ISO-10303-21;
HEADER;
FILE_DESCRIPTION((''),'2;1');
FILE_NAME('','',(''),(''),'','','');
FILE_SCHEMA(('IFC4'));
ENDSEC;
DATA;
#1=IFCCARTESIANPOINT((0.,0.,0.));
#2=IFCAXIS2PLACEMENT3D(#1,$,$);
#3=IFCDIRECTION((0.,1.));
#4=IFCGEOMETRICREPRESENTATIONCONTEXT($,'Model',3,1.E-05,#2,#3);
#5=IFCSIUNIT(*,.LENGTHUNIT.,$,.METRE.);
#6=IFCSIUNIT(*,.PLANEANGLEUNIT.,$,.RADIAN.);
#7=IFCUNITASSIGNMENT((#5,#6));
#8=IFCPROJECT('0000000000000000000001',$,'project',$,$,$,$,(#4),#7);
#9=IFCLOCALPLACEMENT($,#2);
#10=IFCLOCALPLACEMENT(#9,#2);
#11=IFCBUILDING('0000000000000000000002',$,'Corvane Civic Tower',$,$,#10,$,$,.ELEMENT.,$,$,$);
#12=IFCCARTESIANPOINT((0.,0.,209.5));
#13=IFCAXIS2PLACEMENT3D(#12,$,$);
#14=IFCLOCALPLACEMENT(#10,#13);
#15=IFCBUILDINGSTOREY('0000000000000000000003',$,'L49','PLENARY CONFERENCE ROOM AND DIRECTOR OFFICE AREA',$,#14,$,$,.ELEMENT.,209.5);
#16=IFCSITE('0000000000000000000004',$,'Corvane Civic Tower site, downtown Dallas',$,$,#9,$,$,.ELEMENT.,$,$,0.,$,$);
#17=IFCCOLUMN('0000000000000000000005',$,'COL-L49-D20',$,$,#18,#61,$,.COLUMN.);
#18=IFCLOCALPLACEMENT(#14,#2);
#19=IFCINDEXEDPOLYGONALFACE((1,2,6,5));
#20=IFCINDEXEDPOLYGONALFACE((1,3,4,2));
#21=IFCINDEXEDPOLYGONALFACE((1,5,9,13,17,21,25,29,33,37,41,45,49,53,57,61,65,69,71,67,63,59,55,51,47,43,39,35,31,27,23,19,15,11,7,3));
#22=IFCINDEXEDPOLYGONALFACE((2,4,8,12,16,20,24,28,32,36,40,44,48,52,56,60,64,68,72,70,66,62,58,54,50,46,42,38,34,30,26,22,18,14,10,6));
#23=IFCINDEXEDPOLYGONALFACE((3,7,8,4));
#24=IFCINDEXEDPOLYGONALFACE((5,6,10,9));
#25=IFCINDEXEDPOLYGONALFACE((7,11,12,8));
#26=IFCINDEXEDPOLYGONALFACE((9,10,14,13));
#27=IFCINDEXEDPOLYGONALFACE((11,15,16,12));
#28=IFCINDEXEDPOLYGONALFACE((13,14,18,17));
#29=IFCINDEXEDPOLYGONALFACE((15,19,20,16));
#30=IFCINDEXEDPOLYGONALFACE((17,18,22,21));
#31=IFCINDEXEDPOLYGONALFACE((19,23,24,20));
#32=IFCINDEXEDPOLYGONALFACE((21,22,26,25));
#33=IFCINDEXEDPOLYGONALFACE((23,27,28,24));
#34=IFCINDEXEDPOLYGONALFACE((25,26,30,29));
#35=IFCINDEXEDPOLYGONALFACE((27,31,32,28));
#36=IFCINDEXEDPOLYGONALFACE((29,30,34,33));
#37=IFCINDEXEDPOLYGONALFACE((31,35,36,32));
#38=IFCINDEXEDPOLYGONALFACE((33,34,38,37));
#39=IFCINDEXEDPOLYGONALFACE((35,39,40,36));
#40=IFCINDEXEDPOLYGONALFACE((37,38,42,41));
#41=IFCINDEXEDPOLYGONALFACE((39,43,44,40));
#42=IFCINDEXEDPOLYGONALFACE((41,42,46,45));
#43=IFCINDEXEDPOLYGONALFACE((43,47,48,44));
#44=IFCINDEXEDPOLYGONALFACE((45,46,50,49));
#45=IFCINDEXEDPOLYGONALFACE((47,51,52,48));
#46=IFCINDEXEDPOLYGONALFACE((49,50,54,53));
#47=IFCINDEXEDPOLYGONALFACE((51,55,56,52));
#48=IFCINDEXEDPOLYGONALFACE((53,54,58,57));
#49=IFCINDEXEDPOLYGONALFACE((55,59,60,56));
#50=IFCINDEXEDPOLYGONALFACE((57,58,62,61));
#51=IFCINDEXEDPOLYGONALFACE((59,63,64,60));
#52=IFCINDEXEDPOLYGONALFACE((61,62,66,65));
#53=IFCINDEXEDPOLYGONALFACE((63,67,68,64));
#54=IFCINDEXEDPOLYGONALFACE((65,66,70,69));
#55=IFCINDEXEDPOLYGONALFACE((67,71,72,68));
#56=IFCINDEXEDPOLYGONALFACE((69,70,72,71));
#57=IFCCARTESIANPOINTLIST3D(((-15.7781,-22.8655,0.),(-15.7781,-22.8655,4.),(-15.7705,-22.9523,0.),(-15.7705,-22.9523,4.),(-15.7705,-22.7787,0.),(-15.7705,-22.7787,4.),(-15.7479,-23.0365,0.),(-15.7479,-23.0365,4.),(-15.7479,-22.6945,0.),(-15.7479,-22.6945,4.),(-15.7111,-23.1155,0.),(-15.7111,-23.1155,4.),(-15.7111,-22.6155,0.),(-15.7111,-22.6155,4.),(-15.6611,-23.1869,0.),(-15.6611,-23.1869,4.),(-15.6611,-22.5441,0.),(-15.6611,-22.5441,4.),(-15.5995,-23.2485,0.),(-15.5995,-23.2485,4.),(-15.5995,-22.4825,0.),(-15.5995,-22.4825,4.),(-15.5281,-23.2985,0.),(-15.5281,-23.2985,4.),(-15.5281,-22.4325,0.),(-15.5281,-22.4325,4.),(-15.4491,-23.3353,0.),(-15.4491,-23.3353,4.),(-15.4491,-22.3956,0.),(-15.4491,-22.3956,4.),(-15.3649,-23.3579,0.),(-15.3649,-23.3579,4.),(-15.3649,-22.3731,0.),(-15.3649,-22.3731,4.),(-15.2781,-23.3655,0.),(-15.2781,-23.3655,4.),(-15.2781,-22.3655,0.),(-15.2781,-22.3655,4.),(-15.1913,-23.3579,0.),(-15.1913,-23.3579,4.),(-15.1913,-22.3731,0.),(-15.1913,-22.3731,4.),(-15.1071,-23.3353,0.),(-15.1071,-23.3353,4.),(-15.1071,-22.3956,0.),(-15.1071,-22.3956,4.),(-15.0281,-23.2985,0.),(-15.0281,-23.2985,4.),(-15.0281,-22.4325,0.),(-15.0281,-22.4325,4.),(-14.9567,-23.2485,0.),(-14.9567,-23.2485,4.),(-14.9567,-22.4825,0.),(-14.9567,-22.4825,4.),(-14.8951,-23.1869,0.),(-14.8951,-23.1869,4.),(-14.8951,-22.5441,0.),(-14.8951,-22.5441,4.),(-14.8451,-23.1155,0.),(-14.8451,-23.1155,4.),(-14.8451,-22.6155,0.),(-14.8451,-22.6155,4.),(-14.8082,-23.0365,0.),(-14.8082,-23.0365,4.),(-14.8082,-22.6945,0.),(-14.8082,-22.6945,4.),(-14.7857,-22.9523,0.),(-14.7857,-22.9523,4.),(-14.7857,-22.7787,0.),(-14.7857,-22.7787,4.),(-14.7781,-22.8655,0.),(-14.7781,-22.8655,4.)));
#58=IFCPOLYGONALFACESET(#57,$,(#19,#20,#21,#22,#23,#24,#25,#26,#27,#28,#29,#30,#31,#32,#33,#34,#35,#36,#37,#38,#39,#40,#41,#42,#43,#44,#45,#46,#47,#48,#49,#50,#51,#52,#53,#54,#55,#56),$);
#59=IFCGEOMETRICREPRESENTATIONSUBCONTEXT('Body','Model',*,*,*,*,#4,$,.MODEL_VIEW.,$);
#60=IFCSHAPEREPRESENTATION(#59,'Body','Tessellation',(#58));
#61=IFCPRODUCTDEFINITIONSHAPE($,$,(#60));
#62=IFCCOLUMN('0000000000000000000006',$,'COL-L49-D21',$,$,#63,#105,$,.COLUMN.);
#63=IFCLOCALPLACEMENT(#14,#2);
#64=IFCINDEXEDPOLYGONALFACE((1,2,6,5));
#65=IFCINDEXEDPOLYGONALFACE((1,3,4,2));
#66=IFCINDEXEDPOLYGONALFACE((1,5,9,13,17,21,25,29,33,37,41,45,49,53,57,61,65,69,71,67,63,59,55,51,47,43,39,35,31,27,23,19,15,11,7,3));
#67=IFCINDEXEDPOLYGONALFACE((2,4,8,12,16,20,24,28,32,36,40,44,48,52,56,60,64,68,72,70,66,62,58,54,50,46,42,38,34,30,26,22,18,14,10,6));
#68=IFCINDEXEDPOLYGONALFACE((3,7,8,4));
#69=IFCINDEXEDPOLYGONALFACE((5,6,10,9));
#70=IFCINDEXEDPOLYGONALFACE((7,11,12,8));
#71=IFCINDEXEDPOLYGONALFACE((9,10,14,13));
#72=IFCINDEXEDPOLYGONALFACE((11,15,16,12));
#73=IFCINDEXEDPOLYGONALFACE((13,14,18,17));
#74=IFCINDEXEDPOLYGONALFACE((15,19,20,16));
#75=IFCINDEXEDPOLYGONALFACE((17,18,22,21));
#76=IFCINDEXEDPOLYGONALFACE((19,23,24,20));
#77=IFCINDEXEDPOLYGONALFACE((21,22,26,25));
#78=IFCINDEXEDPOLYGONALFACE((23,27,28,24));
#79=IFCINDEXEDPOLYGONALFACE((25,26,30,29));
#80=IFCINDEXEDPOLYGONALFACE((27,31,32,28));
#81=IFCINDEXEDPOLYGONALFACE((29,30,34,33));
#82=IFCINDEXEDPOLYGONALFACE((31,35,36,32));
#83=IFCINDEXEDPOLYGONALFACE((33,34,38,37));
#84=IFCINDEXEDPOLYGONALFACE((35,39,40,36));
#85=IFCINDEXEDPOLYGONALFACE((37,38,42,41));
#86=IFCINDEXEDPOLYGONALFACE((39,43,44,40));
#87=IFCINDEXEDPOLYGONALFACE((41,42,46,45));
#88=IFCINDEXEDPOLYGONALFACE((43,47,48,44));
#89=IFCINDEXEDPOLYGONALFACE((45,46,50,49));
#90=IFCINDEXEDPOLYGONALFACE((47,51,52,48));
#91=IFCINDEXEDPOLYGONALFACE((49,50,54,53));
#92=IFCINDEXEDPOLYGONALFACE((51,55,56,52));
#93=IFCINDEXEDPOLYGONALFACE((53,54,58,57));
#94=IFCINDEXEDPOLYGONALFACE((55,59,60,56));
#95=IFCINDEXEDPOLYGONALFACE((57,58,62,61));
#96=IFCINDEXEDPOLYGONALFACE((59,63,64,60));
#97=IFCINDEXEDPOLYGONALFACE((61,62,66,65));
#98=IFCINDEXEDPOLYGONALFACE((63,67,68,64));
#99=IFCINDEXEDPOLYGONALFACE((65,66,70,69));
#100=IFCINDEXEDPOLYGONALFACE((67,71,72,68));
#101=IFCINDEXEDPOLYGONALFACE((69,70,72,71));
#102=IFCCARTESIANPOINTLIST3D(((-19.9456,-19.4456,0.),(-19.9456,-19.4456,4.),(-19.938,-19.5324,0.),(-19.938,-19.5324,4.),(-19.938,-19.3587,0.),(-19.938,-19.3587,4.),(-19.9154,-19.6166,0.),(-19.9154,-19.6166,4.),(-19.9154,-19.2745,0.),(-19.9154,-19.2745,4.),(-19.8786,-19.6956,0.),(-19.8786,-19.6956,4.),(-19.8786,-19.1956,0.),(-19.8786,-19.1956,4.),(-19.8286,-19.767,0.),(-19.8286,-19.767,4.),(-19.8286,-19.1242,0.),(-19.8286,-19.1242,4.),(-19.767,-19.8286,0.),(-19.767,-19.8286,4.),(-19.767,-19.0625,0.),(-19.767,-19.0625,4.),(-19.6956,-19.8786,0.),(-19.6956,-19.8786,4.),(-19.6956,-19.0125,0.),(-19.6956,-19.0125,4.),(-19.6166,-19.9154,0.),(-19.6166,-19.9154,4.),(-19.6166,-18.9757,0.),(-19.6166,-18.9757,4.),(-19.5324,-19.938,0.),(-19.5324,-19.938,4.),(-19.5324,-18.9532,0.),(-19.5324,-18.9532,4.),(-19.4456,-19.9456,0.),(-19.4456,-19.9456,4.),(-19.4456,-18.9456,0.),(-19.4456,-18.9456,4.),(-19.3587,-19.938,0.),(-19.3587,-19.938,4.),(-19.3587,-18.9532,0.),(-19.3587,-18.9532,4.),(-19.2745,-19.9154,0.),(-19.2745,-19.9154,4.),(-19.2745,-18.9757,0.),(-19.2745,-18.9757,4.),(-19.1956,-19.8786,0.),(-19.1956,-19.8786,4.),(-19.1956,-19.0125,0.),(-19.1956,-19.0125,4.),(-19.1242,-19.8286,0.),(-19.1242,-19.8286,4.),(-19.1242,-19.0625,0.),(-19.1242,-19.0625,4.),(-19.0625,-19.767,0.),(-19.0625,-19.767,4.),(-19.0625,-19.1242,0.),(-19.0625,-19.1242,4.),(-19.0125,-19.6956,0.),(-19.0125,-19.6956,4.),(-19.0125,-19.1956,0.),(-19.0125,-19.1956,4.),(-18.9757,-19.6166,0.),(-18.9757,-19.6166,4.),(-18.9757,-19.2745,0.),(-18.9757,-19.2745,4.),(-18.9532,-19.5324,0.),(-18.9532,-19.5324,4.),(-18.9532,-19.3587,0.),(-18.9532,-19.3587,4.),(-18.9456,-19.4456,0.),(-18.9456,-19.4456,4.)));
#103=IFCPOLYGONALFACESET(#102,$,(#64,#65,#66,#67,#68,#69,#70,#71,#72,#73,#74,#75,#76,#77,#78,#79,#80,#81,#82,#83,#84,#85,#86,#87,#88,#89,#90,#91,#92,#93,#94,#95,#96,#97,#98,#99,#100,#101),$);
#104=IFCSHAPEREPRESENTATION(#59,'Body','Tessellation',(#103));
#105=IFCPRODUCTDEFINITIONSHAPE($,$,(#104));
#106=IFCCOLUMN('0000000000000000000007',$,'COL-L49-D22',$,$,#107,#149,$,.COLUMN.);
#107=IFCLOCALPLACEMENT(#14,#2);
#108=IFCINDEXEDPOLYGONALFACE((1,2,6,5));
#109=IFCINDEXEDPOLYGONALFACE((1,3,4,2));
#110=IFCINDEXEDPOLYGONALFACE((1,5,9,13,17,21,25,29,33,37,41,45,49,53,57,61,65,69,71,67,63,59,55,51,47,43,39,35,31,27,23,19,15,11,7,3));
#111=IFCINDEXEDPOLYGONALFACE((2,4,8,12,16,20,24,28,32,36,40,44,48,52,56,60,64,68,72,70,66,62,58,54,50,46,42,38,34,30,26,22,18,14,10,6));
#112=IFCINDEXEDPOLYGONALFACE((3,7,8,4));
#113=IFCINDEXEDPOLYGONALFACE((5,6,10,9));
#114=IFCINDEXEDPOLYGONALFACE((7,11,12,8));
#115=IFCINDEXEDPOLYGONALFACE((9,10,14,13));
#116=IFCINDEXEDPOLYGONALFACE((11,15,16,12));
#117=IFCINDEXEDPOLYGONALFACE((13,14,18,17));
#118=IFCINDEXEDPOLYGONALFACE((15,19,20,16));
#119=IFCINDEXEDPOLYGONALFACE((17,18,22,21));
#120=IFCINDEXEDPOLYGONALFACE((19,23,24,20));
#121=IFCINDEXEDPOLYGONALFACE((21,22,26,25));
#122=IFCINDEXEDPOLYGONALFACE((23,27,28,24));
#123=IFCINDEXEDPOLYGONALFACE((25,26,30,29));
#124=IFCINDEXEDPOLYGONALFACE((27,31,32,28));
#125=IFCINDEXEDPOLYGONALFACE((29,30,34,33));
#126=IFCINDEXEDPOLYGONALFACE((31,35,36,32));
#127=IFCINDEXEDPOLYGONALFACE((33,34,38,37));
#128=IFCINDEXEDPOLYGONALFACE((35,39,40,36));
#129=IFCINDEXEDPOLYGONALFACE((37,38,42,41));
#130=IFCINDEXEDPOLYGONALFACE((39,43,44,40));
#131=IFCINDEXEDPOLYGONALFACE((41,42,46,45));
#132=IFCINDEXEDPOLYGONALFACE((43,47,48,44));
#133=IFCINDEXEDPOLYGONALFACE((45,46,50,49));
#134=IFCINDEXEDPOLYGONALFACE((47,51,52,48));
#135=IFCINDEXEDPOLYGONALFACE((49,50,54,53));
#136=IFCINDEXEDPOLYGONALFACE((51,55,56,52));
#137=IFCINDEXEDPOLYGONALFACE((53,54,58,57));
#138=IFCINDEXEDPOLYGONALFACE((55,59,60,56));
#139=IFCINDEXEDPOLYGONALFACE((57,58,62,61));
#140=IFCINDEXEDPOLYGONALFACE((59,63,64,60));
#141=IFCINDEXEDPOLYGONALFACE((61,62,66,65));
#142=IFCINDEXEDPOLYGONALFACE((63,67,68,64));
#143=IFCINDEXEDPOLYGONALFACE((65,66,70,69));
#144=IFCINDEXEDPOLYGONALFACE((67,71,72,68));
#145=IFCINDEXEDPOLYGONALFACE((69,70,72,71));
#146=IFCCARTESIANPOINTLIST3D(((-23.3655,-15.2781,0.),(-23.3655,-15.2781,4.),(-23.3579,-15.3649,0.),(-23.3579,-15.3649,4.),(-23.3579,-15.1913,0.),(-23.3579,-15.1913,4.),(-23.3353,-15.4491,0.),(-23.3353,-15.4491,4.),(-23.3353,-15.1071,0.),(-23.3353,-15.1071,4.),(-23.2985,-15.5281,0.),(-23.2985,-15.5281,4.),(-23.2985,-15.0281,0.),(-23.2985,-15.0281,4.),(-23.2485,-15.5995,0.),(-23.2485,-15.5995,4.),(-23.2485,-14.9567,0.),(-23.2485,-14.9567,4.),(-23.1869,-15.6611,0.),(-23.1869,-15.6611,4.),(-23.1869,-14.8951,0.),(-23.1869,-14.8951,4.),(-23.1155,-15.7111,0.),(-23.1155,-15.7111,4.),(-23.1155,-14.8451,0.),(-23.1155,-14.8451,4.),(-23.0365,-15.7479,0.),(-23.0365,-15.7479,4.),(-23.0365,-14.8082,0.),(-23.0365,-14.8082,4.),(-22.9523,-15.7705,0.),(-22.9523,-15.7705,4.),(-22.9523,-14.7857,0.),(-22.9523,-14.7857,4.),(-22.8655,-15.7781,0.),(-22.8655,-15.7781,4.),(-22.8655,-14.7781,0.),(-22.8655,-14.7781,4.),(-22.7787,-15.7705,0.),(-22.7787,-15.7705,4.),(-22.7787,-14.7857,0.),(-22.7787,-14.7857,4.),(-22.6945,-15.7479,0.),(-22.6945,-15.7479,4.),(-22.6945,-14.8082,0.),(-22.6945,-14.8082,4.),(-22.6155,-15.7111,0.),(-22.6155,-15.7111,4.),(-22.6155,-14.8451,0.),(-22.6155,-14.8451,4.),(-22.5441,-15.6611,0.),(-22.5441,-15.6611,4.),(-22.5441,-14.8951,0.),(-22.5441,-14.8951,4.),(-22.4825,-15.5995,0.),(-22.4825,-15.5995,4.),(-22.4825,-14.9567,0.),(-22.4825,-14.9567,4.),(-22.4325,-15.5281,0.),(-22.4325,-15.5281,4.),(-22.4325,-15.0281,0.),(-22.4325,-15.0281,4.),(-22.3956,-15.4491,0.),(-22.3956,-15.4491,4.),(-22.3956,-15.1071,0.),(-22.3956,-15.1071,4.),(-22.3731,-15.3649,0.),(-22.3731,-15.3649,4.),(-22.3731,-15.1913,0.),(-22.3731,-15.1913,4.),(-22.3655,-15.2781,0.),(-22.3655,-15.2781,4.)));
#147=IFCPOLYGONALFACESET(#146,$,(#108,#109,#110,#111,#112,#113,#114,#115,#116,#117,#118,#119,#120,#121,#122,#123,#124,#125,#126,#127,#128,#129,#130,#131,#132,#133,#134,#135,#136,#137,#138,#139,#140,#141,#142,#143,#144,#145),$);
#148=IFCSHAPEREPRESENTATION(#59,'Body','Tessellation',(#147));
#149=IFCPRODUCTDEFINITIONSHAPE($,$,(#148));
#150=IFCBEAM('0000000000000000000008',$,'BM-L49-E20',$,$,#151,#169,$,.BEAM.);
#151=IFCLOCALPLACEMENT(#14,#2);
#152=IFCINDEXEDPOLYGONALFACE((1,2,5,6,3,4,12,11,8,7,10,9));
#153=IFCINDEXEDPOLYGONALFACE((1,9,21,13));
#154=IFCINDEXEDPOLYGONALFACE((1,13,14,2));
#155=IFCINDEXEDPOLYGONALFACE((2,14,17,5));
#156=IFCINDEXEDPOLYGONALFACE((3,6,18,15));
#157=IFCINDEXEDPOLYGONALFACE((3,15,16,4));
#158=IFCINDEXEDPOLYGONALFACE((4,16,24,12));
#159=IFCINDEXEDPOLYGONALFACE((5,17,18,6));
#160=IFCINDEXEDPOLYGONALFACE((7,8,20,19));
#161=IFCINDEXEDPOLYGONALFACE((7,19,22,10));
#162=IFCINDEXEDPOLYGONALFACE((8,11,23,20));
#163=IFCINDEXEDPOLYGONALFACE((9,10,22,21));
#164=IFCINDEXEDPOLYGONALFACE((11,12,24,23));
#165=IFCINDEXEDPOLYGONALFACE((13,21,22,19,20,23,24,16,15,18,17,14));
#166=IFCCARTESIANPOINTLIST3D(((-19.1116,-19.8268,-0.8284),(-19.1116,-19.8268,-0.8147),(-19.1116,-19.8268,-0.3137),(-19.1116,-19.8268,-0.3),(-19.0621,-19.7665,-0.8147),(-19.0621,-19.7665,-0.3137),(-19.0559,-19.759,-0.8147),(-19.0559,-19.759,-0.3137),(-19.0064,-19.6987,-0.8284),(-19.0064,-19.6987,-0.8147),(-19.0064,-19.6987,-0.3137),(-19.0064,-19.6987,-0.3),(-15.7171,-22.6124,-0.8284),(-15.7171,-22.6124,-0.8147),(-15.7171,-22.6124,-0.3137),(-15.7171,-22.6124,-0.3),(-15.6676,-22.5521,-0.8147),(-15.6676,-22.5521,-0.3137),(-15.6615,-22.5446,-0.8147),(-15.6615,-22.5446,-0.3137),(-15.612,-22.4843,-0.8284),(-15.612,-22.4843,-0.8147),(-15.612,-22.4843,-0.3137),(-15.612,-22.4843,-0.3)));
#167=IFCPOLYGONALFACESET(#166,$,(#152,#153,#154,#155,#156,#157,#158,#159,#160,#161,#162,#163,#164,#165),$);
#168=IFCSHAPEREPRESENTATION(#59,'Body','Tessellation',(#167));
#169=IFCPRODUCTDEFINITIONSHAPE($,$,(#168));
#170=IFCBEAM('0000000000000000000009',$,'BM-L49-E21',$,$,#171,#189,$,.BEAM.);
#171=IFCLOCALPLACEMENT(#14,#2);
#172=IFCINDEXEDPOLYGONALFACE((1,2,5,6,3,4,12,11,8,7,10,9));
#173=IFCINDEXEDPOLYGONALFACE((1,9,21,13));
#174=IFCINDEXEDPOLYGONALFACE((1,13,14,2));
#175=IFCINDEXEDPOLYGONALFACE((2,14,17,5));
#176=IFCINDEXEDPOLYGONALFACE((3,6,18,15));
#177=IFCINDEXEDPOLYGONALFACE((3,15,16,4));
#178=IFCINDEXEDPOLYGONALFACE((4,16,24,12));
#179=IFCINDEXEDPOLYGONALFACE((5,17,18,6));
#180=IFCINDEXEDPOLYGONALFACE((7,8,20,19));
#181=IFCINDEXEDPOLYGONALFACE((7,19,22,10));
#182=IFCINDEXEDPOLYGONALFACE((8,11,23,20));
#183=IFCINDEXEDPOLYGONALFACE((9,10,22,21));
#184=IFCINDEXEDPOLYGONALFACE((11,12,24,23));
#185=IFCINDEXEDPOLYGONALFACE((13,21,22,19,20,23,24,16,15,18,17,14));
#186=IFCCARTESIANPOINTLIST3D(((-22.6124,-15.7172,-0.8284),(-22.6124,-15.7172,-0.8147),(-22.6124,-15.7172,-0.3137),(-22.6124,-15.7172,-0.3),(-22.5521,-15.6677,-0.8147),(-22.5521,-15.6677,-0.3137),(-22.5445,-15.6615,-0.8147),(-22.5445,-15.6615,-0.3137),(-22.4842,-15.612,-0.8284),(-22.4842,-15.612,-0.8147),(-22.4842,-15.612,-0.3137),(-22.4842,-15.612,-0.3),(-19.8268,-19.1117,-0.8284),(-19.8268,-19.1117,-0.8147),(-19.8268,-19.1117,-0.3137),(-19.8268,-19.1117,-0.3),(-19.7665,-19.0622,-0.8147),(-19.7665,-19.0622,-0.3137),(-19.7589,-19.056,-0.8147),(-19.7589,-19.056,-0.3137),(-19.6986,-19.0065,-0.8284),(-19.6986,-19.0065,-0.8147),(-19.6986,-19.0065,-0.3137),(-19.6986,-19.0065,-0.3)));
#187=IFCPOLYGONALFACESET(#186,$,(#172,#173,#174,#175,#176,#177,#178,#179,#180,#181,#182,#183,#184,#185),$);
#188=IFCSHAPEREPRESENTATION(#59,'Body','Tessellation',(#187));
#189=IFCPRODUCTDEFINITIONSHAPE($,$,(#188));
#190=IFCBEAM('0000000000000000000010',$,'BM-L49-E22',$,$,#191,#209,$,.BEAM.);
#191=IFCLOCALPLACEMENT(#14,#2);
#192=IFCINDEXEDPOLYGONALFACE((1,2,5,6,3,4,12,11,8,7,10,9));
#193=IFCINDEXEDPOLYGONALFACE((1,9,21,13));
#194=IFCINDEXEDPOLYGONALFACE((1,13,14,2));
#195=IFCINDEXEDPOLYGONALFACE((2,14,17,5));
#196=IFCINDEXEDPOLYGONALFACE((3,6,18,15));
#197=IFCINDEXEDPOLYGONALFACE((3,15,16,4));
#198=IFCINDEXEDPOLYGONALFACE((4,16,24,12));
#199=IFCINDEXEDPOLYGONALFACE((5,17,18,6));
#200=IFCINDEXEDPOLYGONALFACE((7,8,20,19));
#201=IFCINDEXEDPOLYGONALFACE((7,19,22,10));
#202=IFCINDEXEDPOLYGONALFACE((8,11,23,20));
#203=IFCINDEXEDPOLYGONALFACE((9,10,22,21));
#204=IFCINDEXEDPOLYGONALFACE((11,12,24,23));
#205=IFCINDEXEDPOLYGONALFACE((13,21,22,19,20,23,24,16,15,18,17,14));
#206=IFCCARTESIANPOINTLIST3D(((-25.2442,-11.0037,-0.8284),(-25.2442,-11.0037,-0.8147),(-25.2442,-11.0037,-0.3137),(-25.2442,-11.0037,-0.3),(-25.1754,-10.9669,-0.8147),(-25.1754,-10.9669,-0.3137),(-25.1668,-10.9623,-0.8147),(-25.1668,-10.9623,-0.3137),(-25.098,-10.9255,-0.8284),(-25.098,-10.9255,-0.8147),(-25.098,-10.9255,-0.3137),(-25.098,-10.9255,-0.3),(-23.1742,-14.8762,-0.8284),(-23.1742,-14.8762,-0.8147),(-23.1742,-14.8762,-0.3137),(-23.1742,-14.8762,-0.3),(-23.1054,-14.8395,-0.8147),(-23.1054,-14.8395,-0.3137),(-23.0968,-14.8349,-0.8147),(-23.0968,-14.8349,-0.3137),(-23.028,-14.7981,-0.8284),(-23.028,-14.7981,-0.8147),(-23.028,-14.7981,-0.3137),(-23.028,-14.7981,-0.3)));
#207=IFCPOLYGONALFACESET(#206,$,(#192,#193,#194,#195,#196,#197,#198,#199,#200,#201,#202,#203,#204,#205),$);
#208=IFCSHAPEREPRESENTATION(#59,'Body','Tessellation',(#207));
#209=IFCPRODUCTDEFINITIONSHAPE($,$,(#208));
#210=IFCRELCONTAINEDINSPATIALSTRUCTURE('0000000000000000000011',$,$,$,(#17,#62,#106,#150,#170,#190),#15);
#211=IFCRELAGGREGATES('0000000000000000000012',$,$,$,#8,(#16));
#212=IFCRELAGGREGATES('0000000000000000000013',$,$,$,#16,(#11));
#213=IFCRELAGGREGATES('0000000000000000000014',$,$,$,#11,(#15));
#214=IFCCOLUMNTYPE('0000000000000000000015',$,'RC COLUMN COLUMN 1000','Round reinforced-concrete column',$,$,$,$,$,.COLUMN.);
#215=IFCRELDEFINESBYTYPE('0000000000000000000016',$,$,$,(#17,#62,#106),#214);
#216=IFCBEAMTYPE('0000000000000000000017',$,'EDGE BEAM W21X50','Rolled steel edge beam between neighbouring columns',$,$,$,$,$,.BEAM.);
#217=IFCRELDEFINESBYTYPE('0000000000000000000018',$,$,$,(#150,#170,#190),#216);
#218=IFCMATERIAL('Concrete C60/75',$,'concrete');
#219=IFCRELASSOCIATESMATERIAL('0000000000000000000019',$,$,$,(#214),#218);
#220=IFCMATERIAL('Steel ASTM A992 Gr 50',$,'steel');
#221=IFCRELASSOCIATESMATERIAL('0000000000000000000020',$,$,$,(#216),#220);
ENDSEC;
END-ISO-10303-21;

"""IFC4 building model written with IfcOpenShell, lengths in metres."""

from ifc_helpers import new_model, si_unit, direction, frame, origin, origin_2d, place, context, subcontext, project, spatial, circle, i_section, extrude, material, material_profile, profile_set, type_object, element, save


model = new_model("IFC4")

# Units and contexts
model_context = context("Model", 3, precision=1e-05, world=origin(), true_north=direction((0.0, 1.0)))
body_context = subcontext(model_context, "Body", "Model", "MODEL_VIEW")
ifc_project = project(units=[si_unit("LENGTHUNIT", "METRE"), si_unit("PLANEANGLEUNIT", "RADIAN")], contexts=[model_context])

# Site, building, storey
site_placement = place(None, origin())
site = spatial("IfcSite", under=ifc_project, at=site_placement, Name="Corvane Civic Tower site, downtown Dallas", CompositionType="ELEMENT", RefElevation=0.0)
building_placement = place(site_placement, origin())
building = spatial("IfcBuilding", under=site, at=building_placement, Name="Corvane Civic Tower", CompositionType="ELEMENT")
storey_placement = place(building_placement, frame((0.0, 0.0, 209.5)))
storey = spatial("IfcBuildingStorey", under=building, at=storey_placement, Name="L49", Description="PLENARY CONFERENCE ROOM AND DIRECTOR OFFICE AREA", CompositionType="ELEMENT", Elevation=209.5)

# Columns
ifc_material_1 = material(Name="Concrete C60/75", Category="concrete")
ifc_material_profile_1 = material_profile(ifc_material_1, circle(Radius=0.5, at=origin_2d()), Name="COLUMN 1000")
ifc_profile_set_1 = profile_set([ifc_material_profile_1], Name="Concrete C60/75")
column_type = type_object("IfcColumnType", Name="RC COLUMN COLUMN 1000", Description="Round reinforced-concrete column", PredefinedType="COLUMN", material=ifc_profile_set_1)
for number, where, z_axis, x_axis, name in (
    (1, (-15.2781, -22.8655, 0.0), (0.0, 0.0, 1.0), (1.0, 0.0, 0.0), "COL-L49-D20"),
    (2, (-19.4456, -19.4456, 0.0), (0.0, 0.0, 1.0), (1.0, 0.0, 0.0), "COL-L49-D21"),
    (3, (-22.8655, -15.2781, 0.0), (0.0, 0.0, 1.0), (1.0, 0.0, 0.0), "COL-L49-D22"),
):
    element("IfcColumn", number, at=place(storey_placement, frame(where, z_axis=z_axis, x_axis=x_axis)), inside=storey, type_object=column_type, Name=name, PredefinedType="COLUMN", context=body_context, shape_type="SweptSolid", body=[
        extrude(circle(Radius=0.5, at=origin_2d()), origin(), (0.0, 0.0, 1.0), 4.0),
    ])

# Beams
ifc_material_2 = material(Name="Steel ASTM A992 Gr 50", Category="steel")
ifc_material_profile_2 = material_profile(ifc_material_2, i_section(OverallWidth=0.1658, OverallDepth=0.5283, WebThickness=0.0098, FlangeThickness=0.0137, at=origin_2d()), Name="W21X50")
ifc_profile_set_2 = profile_set([ifc_material_profile_2], Name="Steel ASTM A992 Gr 50")
beam_type_1 = type_object("IfcBeamType", Name="EDGE BEAM W21X50", Description="Rolled steel edge beam between neighbouring columns", PredefinedType="BEAM", material=ifc_profile_set_2)
for number, where, z_axis, x_axis, name in (
    (4, (-15.6646, -22.5483, -0.5642), (-0.77303, 0.634369, 0.0), (-0.634369, -0.77303, 0.0), "BM-L49-E20"),
    (5, (-19.7627, -19.0591, -0.5642), (-0.634369, 0.77303, 0.0), (-0.77303, -0.634369, 0.0), "BM-L49-E21"),
    (6, (-23.1011, -14.8372, -0.5642), (-0.471422, 0.881908, 0.0), (-0.881908, -0.471422, 0.0), "BM-L49-E22"),
):
    element("IfcBeam", number, at=place(storey_placement, frame(where, z_axis=z_axis, x_axis=x_axis)), inside=storey, type_object=beam_type_1, Name=name, PredefinedType="BEAM", context=body_context, shape_type="SweptSolid", body=[
        extrude(i_section(OverallWidth=0.1658, OverallDepth=0.5283, WebThickness=0.0098, FlangeThickness=0.0137, at=origin_2d()), origin(), (0.0, 0.0, 1.0), 4.3911),
    ])

save(model, "model.ifc")
